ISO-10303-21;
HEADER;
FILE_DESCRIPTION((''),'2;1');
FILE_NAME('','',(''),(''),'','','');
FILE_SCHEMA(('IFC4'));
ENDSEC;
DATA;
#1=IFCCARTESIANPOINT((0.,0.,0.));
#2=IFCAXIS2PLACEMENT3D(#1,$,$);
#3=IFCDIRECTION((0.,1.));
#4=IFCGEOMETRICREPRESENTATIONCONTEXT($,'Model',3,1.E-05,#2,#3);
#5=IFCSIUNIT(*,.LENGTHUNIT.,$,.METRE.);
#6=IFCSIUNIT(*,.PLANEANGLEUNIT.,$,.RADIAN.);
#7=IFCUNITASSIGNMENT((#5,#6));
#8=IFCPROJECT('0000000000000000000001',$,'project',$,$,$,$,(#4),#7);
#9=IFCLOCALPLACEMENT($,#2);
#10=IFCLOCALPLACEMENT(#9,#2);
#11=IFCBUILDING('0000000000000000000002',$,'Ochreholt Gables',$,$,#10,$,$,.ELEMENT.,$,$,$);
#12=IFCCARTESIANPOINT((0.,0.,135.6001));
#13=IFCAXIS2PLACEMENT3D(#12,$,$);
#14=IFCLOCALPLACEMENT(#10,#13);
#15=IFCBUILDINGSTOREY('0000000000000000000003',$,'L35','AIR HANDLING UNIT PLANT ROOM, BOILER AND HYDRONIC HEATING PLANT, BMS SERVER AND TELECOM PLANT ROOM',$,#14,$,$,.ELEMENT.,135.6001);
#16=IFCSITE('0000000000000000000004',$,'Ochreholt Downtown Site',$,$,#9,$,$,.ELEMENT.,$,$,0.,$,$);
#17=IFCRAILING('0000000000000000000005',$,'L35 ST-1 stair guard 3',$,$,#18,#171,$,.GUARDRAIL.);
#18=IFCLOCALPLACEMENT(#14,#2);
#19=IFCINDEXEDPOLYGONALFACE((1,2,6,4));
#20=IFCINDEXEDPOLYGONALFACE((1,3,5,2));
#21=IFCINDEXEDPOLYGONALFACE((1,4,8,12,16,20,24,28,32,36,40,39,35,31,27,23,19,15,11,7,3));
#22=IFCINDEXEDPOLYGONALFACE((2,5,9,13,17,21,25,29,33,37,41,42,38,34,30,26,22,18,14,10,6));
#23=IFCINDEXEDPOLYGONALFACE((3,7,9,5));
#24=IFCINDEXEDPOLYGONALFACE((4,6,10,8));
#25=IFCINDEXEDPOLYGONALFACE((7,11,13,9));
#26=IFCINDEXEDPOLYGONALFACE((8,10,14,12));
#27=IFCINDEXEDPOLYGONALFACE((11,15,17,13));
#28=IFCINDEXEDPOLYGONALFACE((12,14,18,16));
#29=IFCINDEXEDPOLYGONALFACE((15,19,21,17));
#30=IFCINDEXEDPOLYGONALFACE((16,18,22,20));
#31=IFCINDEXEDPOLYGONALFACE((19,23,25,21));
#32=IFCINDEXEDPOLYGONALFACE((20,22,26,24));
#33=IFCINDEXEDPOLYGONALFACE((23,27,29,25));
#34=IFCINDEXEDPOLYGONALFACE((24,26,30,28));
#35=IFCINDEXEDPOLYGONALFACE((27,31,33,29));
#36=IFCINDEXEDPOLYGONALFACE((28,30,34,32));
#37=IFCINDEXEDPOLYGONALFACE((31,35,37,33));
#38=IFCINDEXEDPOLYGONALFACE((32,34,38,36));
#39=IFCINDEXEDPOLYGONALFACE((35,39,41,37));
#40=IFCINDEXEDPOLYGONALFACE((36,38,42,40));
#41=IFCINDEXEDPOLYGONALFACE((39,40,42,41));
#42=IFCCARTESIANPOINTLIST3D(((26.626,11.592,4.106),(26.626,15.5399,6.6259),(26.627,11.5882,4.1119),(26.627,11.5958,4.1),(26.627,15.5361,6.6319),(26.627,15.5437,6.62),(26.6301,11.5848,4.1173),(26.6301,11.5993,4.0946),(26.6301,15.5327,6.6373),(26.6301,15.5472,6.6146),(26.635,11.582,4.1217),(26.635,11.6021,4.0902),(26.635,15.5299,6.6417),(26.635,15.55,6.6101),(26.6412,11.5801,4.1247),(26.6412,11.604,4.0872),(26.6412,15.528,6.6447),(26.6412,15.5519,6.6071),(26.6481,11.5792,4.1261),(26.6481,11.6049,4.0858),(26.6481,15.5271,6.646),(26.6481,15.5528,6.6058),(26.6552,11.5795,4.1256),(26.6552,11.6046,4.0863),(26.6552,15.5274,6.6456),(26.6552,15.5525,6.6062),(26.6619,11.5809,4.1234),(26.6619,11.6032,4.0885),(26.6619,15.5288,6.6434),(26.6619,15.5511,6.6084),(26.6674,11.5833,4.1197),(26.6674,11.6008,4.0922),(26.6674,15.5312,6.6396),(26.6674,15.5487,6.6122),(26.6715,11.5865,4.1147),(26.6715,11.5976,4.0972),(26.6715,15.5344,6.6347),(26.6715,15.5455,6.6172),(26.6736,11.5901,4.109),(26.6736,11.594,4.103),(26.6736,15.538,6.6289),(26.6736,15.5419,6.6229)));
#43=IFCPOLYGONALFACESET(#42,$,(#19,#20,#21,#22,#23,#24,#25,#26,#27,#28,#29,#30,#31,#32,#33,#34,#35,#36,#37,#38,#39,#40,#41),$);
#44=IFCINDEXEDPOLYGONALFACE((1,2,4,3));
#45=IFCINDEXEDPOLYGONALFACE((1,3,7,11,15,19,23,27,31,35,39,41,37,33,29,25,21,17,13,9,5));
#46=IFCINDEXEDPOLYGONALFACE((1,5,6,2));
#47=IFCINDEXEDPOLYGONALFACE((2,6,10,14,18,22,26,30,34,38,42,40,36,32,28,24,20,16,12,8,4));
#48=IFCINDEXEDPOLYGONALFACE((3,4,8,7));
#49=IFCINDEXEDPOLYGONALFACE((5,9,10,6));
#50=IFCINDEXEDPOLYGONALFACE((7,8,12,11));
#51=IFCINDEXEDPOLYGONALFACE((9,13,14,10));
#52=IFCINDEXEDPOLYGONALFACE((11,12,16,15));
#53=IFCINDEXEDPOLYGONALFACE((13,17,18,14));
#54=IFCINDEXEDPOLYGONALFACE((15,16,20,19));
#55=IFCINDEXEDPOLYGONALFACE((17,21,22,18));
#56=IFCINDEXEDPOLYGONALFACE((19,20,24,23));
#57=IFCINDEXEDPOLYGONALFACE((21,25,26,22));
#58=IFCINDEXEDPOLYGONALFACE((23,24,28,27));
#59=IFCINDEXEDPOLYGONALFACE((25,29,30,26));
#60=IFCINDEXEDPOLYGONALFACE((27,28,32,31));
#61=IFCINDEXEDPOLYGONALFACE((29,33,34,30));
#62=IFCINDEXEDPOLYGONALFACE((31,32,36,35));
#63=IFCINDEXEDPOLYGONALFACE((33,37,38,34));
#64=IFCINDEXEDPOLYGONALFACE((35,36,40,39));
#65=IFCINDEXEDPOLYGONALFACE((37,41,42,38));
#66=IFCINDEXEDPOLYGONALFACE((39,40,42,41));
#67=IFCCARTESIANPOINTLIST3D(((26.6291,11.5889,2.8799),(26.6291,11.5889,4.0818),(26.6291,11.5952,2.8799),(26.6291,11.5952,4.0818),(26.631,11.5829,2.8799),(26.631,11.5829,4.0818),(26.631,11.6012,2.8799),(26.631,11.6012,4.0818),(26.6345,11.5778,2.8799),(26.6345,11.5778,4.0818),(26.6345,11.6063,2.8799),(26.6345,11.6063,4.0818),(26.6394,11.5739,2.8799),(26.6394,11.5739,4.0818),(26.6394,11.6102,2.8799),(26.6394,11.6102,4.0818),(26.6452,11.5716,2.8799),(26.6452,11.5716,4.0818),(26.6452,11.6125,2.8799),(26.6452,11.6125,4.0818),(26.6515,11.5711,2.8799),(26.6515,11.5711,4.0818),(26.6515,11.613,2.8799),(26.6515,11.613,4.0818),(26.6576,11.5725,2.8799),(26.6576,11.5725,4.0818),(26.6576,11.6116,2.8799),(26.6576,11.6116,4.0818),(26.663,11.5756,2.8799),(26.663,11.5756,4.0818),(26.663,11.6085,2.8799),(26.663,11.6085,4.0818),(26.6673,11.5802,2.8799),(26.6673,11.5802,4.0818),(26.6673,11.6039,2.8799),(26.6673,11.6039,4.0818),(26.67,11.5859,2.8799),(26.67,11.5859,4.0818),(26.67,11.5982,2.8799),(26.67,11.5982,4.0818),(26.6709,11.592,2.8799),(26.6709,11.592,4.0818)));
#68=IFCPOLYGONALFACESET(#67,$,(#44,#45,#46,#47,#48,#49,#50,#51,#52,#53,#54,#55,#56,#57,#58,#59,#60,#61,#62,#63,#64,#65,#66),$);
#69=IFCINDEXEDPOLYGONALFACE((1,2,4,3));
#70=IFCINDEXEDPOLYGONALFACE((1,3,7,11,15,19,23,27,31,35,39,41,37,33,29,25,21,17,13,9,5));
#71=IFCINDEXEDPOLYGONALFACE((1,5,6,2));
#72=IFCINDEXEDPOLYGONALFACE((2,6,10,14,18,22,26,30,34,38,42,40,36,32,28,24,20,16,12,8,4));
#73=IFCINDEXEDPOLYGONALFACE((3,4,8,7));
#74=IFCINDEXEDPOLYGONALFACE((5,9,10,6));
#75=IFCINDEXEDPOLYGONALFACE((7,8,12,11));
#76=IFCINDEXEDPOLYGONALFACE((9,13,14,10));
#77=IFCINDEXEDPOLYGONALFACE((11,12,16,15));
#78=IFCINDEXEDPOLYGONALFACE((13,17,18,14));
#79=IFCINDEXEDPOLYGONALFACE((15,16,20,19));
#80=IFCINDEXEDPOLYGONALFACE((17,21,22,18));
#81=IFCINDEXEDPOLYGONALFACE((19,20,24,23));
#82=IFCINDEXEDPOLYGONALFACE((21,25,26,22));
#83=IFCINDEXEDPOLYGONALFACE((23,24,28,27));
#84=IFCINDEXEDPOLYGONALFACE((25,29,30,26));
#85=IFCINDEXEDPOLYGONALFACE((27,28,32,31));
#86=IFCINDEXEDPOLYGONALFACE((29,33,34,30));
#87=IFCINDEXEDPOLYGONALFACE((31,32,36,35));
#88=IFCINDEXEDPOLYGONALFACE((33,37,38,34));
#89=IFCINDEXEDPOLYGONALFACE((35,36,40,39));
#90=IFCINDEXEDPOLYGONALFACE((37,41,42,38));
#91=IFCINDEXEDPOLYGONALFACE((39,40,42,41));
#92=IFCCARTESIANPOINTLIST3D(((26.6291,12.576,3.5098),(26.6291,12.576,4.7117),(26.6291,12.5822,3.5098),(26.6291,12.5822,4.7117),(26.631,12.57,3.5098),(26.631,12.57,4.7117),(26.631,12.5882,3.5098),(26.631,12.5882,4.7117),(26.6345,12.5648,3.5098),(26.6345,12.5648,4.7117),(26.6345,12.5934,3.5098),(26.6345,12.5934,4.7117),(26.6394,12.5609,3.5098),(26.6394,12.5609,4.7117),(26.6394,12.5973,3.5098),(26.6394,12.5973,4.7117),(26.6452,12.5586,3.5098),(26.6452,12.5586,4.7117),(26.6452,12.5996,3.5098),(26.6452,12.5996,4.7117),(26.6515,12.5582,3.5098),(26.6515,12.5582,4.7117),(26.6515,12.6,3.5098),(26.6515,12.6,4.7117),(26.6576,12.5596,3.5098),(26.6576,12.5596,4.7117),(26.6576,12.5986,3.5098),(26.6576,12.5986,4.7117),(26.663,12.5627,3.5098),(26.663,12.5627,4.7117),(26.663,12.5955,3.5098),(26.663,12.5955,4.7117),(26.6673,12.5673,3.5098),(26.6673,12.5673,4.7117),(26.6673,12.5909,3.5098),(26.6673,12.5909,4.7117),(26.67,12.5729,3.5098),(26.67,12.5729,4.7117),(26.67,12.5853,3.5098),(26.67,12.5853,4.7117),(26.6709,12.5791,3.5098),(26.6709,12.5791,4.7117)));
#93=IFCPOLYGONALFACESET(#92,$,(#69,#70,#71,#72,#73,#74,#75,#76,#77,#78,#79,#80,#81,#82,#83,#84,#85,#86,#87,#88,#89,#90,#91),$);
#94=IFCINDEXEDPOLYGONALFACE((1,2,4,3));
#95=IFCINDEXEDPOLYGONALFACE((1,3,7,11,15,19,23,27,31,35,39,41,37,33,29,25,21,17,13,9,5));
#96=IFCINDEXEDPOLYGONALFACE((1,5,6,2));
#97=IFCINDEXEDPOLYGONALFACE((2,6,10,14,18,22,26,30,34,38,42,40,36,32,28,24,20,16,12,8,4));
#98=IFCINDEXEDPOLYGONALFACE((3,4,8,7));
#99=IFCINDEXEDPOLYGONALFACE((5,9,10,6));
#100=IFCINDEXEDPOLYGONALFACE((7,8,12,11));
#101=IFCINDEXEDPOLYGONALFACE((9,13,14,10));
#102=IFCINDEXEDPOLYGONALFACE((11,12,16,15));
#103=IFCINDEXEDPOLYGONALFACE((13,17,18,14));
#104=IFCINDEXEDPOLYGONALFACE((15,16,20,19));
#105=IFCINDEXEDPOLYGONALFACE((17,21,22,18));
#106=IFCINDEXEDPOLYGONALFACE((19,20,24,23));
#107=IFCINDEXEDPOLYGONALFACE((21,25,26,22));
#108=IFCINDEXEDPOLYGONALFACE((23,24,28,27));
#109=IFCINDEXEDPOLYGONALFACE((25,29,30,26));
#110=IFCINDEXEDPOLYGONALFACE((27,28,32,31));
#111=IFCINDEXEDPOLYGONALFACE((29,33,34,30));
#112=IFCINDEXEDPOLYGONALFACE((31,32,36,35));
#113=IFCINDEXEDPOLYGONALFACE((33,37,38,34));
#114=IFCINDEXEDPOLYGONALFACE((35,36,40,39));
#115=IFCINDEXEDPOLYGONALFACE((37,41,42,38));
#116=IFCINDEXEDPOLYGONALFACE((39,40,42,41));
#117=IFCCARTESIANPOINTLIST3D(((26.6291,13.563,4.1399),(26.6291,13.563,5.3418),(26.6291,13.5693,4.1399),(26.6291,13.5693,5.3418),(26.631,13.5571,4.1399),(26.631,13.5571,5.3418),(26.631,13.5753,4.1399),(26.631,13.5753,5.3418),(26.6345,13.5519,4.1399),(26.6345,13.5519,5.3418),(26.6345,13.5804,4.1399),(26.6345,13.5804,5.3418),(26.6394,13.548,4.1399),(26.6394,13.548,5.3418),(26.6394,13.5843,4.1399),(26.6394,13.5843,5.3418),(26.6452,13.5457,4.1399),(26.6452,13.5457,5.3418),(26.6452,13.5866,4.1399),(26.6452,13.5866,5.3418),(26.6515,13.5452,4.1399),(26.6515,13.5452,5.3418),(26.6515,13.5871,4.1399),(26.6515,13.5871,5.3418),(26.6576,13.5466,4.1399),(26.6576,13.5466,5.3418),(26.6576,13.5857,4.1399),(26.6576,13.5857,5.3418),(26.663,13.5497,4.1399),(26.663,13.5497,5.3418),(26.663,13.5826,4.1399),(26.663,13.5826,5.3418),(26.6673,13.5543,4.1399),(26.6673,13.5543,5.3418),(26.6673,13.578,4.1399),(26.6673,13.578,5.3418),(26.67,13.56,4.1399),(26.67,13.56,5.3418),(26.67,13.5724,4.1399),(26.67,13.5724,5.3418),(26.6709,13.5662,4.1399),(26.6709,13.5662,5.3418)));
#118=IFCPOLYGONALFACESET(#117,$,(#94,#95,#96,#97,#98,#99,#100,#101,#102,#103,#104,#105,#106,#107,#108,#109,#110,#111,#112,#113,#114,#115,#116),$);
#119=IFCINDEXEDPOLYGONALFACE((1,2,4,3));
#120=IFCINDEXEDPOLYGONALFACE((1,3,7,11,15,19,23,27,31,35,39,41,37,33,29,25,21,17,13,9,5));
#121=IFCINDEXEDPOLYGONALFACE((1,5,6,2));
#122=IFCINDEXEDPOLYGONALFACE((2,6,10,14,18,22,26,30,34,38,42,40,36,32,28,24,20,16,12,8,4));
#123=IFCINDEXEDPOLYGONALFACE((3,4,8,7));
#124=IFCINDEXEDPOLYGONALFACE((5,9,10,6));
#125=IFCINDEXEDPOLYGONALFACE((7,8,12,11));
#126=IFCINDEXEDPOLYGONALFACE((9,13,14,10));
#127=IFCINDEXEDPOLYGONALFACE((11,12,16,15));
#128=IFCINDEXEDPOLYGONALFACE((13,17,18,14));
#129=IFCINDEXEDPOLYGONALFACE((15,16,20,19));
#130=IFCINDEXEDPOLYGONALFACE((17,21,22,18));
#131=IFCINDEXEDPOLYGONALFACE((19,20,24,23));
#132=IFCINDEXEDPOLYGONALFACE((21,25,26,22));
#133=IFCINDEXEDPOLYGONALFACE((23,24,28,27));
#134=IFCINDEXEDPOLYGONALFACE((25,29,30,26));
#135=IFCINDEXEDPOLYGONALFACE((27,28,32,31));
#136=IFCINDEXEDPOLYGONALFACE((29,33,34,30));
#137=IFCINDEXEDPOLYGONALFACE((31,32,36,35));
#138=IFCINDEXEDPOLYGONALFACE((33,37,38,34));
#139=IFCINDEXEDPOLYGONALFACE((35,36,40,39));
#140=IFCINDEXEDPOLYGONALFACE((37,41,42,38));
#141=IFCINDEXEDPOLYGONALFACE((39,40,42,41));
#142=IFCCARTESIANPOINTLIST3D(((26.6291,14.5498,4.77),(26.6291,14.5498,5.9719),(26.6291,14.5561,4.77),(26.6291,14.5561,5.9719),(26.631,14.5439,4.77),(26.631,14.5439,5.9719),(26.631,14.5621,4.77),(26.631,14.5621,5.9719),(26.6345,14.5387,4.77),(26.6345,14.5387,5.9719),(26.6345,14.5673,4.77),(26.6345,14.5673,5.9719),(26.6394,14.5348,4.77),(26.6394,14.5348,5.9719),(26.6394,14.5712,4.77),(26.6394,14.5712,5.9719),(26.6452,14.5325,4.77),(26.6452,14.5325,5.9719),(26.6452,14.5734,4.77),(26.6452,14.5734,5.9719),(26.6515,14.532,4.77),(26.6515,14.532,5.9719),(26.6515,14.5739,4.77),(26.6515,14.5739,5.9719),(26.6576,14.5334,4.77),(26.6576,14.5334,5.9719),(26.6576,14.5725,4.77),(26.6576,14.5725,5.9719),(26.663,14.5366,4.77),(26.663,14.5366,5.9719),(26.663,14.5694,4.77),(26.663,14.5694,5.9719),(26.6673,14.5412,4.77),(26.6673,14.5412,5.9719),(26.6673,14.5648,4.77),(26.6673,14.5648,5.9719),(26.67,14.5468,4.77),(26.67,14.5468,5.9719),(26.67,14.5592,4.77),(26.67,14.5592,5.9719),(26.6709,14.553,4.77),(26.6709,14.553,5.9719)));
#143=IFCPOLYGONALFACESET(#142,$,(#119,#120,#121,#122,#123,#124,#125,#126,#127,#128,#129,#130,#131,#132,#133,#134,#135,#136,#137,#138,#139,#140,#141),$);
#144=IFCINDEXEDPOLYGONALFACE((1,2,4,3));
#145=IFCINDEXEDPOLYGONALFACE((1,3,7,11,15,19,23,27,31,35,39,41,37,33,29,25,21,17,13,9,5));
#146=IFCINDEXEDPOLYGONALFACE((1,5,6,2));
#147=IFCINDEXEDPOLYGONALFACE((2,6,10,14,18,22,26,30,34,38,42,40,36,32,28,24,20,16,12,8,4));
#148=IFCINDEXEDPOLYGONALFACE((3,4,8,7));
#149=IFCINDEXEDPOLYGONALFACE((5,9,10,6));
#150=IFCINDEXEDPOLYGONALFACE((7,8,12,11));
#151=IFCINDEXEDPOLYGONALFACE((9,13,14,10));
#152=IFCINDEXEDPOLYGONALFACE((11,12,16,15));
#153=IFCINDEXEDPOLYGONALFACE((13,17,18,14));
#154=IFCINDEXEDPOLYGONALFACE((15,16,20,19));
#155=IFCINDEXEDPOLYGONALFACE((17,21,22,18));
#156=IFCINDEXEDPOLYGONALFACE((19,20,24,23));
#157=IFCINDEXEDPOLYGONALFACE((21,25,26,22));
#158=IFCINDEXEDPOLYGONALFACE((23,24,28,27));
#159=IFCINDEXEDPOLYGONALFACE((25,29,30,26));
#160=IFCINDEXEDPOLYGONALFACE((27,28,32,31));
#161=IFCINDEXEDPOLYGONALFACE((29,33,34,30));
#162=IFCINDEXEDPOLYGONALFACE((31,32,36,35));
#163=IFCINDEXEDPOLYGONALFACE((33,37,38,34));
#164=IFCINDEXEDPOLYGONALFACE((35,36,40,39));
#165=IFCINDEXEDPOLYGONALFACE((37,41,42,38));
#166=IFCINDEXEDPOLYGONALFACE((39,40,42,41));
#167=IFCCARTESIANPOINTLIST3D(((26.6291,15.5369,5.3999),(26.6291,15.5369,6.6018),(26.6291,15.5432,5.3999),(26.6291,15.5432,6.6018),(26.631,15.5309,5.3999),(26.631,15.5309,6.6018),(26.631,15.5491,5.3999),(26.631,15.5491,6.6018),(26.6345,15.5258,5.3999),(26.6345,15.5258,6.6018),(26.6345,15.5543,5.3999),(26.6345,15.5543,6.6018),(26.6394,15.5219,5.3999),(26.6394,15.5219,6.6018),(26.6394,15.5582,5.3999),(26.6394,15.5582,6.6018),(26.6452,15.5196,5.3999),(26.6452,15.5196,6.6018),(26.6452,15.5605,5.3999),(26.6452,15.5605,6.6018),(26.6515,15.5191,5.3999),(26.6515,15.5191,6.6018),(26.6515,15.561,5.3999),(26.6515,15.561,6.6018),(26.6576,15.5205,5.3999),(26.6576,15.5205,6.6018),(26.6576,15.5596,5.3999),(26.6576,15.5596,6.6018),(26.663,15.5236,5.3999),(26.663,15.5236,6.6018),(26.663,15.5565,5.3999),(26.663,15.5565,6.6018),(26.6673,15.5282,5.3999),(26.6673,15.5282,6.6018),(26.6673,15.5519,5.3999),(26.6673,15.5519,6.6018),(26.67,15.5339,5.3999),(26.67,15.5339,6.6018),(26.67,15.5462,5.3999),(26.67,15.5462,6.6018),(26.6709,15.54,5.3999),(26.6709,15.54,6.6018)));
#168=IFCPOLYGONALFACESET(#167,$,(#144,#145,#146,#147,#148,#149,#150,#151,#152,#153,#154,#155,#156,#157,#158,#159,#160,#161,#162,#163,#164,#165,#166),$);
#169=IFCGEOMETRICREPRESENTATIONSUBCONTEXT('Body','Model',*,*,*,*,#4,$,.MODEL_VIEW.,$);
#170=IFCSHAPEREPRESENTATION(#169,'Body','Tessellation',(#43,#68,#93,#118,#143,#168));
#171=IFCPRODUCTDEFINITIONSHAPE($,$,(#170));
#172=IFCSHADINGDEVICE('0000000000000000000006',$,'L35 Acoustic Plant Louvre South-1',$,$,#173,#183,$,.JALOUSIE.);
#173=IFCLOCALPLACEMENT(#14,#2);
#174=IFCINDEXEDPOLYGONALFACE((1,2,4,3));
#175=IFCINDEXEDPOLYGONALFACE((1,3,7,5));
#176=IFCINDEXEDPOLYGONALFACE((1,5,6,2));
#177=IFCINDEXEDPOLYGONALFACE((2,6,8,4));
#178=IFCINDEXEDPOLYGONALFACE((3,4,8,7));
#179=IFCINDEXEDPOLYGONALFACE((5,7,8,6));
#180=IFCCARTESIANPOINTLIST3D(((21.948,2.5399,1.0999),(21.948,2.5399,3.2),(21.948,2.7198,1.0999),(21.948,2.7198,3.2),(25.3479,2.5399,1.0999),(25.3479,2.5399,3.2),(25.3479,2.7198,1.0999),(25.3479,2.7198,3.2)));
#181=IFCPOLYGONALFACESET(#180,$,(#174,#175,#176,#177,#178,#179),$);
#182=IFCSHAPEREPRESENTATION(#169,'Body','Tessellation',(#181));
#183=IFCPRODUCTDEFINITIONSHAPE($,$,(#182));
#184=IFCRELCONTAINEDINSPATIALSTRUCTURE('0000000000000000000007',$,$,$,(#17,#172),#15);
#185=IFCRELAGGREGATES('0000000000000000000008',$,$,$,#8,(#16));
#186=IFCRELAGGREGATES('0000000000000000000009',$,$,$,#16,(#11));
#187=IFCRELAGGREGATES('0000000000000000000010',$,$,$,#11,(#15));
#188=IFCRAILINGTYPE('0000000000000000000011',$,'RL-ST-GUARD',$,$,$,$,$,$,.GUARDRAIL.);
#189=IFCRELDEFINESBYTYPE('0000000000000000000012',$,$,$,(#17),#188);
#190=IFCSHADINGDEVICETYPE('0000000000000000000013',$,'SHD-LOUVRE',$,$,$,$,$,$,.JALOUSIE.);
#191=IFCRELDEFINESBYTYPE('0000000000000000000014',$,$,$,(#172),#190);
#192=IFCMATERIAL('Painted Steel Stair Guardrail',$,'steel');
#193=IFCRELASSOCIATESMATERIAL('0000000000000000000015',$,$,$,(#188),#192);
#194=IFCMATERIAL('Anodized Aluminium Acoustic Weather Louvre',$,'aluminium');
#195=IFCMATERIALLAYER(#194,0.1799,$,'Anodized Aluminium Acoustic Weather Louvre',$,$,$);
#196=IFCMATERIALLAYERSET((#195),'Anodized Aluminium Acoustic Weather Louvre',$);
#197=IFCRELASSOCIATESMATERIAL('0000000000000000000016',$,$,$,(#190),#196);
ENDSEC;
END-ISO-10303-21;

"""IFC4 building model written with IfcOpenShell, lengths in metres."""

from ifc_helpers import new_model, si_unit, direction, frame, origin, origin_2d, place, context, subcontext, project, spatial, rectangle, circle, extrude, material, layer, layer_set, type_object, element, save


model = new_model("IFC4")

# Units and contexts
model_context = context("Model", 3, precision=1e-05, world=origin(), true_north=direction((0.0, 1.0)))
body_context = subcontext(model_context, "Body", "Model", "MODEL_VIEW")
ifc_project = project(units=[si_unit("LENGTHUNIT", "METRE"), si_unit("PLANEANGLEUNIT", "RADIAN")], contexts=[model_context])

# Site, building, storey
site_placement = place(None, origin())
site = spatial("IfcSite", under=ifc_project, at=site_placement, Name="Ochreholt Downtown Site", CompositionType="ELEMENT", RefElevation=0.0)
building_placement = place(site_placement, origin())
building = spatial("IfcBuilding", under=site, at=building_placement, Name="Ochreholt Gables", CompositionType="ELEMENT")
storey_placement = place(building_placement, frame((0.0, 0.0, 135.6001)))
storey = spatial("IfcBuildingStorey", under=building, at=storey_placement, Name="L35", Description="AIR HANDLING UNIT PLANT ROOM, BOILER AND HYDRONIC HEATING PLANT, BMS SERVER AND TELECOM PLANT ROOM", CompositionType="ELEMENT", Elevation=135.6001)

# Railing
ifc_material_1 = material(Name="Painted Steel Stair Guardrail", Category="steel")
railing_type = type_object("IfcRailingType", Name="RL-ST-GUARD", PredefinedType="GUARDRAIL", material=ifc_material_1)
railing_1_placement = place(storey_placement, frame((26.6499, 11.592, 2.8799)))
element("IfcRailing", 1, at=railing_1_placement, inside=storey, type_object=railing_type, Name="L35 ST-1 stair guard 3", PredefinedType="GUARDRAIL", context=body_context, shape_type="SweptSolid", body=[
    extrude(circle(Radius=0.0239, at=origin_2d()), frame((0.0, 0.0, 1.2261), z_axis=(0.0, 0.84292, 0.538039), x_axis=(-1.0, 0.0, 0.0)), (0.0, 0.0, 1.0), 4.6836),
    extrude(circle(Radius=0.021, at=origin_2d()), origin(), (0.0, 0.0, 1.0), 1.2019),
    extrude(circle(Radius=0.021, at=origin_2d()), frame((0.0, 0.9871, 0.6299)), (0.0, 0.0, 1.0), 1.2019),
    extrude(circle(Radius=0.021, at=origin_2d()), frame((0.0, 1.9741, 1.26)), (0.0, 0.0, 1.0), 1.2019),
    extrude(circle(Radius=0.021, at=origin_2d()), frame((0.0, 2.9609, 1.8901)), (0.0, 0.0, 1.0), 1.2019),
    extrude(circle(Radius=0.021, at=origin_2d()), frame((0.0, 3.948, 2.52)), (0.0, 0.0, 1.0), 1.2019),
])

# Shading device
ifc_material_2 = material(Name="Anodized Aluminium Acoustic Weather Louvre", Category="aluminium")
ifc_layer_1 = layer(ifc_material_2, 0.1799, Name="Anodized Aluminium Acoustic Weather Louvre")
ifc_layer_set_1 = layer_set([ifc_layer_1], Name="Anodized Aluminium Acoustic Weather Louvre")
shading_device_type = type_object("IfcShadingDeviceType", Name="SHD-LOUVRE", PredefinedType="JALOUSIE", material=ifc_layer_set_1)
shading_device_placement = place(storey_placement, frame((23.6479, 2.6299, 1.0999), z_axis=(0.0, 0.0, 1.0), x_axis=(1.0, 0.0, 0.0)))
element("IfcShadingDevice", 2, at=shading_device_placement, inside=storey, type_object=shading_device_type, Name="L35 Acoustic Plant Louvre South-1", PredefinedType="JALOUSIE", context=body_context, shape_type="SweptSolid", body=[
    extrude(rectangle(XDim=3.3999, YDim=0.1799, at=origin_2d()), origin(), (0.0, 0.0, 1.0), 2.1001),
])

save(model, "model.ifc")
